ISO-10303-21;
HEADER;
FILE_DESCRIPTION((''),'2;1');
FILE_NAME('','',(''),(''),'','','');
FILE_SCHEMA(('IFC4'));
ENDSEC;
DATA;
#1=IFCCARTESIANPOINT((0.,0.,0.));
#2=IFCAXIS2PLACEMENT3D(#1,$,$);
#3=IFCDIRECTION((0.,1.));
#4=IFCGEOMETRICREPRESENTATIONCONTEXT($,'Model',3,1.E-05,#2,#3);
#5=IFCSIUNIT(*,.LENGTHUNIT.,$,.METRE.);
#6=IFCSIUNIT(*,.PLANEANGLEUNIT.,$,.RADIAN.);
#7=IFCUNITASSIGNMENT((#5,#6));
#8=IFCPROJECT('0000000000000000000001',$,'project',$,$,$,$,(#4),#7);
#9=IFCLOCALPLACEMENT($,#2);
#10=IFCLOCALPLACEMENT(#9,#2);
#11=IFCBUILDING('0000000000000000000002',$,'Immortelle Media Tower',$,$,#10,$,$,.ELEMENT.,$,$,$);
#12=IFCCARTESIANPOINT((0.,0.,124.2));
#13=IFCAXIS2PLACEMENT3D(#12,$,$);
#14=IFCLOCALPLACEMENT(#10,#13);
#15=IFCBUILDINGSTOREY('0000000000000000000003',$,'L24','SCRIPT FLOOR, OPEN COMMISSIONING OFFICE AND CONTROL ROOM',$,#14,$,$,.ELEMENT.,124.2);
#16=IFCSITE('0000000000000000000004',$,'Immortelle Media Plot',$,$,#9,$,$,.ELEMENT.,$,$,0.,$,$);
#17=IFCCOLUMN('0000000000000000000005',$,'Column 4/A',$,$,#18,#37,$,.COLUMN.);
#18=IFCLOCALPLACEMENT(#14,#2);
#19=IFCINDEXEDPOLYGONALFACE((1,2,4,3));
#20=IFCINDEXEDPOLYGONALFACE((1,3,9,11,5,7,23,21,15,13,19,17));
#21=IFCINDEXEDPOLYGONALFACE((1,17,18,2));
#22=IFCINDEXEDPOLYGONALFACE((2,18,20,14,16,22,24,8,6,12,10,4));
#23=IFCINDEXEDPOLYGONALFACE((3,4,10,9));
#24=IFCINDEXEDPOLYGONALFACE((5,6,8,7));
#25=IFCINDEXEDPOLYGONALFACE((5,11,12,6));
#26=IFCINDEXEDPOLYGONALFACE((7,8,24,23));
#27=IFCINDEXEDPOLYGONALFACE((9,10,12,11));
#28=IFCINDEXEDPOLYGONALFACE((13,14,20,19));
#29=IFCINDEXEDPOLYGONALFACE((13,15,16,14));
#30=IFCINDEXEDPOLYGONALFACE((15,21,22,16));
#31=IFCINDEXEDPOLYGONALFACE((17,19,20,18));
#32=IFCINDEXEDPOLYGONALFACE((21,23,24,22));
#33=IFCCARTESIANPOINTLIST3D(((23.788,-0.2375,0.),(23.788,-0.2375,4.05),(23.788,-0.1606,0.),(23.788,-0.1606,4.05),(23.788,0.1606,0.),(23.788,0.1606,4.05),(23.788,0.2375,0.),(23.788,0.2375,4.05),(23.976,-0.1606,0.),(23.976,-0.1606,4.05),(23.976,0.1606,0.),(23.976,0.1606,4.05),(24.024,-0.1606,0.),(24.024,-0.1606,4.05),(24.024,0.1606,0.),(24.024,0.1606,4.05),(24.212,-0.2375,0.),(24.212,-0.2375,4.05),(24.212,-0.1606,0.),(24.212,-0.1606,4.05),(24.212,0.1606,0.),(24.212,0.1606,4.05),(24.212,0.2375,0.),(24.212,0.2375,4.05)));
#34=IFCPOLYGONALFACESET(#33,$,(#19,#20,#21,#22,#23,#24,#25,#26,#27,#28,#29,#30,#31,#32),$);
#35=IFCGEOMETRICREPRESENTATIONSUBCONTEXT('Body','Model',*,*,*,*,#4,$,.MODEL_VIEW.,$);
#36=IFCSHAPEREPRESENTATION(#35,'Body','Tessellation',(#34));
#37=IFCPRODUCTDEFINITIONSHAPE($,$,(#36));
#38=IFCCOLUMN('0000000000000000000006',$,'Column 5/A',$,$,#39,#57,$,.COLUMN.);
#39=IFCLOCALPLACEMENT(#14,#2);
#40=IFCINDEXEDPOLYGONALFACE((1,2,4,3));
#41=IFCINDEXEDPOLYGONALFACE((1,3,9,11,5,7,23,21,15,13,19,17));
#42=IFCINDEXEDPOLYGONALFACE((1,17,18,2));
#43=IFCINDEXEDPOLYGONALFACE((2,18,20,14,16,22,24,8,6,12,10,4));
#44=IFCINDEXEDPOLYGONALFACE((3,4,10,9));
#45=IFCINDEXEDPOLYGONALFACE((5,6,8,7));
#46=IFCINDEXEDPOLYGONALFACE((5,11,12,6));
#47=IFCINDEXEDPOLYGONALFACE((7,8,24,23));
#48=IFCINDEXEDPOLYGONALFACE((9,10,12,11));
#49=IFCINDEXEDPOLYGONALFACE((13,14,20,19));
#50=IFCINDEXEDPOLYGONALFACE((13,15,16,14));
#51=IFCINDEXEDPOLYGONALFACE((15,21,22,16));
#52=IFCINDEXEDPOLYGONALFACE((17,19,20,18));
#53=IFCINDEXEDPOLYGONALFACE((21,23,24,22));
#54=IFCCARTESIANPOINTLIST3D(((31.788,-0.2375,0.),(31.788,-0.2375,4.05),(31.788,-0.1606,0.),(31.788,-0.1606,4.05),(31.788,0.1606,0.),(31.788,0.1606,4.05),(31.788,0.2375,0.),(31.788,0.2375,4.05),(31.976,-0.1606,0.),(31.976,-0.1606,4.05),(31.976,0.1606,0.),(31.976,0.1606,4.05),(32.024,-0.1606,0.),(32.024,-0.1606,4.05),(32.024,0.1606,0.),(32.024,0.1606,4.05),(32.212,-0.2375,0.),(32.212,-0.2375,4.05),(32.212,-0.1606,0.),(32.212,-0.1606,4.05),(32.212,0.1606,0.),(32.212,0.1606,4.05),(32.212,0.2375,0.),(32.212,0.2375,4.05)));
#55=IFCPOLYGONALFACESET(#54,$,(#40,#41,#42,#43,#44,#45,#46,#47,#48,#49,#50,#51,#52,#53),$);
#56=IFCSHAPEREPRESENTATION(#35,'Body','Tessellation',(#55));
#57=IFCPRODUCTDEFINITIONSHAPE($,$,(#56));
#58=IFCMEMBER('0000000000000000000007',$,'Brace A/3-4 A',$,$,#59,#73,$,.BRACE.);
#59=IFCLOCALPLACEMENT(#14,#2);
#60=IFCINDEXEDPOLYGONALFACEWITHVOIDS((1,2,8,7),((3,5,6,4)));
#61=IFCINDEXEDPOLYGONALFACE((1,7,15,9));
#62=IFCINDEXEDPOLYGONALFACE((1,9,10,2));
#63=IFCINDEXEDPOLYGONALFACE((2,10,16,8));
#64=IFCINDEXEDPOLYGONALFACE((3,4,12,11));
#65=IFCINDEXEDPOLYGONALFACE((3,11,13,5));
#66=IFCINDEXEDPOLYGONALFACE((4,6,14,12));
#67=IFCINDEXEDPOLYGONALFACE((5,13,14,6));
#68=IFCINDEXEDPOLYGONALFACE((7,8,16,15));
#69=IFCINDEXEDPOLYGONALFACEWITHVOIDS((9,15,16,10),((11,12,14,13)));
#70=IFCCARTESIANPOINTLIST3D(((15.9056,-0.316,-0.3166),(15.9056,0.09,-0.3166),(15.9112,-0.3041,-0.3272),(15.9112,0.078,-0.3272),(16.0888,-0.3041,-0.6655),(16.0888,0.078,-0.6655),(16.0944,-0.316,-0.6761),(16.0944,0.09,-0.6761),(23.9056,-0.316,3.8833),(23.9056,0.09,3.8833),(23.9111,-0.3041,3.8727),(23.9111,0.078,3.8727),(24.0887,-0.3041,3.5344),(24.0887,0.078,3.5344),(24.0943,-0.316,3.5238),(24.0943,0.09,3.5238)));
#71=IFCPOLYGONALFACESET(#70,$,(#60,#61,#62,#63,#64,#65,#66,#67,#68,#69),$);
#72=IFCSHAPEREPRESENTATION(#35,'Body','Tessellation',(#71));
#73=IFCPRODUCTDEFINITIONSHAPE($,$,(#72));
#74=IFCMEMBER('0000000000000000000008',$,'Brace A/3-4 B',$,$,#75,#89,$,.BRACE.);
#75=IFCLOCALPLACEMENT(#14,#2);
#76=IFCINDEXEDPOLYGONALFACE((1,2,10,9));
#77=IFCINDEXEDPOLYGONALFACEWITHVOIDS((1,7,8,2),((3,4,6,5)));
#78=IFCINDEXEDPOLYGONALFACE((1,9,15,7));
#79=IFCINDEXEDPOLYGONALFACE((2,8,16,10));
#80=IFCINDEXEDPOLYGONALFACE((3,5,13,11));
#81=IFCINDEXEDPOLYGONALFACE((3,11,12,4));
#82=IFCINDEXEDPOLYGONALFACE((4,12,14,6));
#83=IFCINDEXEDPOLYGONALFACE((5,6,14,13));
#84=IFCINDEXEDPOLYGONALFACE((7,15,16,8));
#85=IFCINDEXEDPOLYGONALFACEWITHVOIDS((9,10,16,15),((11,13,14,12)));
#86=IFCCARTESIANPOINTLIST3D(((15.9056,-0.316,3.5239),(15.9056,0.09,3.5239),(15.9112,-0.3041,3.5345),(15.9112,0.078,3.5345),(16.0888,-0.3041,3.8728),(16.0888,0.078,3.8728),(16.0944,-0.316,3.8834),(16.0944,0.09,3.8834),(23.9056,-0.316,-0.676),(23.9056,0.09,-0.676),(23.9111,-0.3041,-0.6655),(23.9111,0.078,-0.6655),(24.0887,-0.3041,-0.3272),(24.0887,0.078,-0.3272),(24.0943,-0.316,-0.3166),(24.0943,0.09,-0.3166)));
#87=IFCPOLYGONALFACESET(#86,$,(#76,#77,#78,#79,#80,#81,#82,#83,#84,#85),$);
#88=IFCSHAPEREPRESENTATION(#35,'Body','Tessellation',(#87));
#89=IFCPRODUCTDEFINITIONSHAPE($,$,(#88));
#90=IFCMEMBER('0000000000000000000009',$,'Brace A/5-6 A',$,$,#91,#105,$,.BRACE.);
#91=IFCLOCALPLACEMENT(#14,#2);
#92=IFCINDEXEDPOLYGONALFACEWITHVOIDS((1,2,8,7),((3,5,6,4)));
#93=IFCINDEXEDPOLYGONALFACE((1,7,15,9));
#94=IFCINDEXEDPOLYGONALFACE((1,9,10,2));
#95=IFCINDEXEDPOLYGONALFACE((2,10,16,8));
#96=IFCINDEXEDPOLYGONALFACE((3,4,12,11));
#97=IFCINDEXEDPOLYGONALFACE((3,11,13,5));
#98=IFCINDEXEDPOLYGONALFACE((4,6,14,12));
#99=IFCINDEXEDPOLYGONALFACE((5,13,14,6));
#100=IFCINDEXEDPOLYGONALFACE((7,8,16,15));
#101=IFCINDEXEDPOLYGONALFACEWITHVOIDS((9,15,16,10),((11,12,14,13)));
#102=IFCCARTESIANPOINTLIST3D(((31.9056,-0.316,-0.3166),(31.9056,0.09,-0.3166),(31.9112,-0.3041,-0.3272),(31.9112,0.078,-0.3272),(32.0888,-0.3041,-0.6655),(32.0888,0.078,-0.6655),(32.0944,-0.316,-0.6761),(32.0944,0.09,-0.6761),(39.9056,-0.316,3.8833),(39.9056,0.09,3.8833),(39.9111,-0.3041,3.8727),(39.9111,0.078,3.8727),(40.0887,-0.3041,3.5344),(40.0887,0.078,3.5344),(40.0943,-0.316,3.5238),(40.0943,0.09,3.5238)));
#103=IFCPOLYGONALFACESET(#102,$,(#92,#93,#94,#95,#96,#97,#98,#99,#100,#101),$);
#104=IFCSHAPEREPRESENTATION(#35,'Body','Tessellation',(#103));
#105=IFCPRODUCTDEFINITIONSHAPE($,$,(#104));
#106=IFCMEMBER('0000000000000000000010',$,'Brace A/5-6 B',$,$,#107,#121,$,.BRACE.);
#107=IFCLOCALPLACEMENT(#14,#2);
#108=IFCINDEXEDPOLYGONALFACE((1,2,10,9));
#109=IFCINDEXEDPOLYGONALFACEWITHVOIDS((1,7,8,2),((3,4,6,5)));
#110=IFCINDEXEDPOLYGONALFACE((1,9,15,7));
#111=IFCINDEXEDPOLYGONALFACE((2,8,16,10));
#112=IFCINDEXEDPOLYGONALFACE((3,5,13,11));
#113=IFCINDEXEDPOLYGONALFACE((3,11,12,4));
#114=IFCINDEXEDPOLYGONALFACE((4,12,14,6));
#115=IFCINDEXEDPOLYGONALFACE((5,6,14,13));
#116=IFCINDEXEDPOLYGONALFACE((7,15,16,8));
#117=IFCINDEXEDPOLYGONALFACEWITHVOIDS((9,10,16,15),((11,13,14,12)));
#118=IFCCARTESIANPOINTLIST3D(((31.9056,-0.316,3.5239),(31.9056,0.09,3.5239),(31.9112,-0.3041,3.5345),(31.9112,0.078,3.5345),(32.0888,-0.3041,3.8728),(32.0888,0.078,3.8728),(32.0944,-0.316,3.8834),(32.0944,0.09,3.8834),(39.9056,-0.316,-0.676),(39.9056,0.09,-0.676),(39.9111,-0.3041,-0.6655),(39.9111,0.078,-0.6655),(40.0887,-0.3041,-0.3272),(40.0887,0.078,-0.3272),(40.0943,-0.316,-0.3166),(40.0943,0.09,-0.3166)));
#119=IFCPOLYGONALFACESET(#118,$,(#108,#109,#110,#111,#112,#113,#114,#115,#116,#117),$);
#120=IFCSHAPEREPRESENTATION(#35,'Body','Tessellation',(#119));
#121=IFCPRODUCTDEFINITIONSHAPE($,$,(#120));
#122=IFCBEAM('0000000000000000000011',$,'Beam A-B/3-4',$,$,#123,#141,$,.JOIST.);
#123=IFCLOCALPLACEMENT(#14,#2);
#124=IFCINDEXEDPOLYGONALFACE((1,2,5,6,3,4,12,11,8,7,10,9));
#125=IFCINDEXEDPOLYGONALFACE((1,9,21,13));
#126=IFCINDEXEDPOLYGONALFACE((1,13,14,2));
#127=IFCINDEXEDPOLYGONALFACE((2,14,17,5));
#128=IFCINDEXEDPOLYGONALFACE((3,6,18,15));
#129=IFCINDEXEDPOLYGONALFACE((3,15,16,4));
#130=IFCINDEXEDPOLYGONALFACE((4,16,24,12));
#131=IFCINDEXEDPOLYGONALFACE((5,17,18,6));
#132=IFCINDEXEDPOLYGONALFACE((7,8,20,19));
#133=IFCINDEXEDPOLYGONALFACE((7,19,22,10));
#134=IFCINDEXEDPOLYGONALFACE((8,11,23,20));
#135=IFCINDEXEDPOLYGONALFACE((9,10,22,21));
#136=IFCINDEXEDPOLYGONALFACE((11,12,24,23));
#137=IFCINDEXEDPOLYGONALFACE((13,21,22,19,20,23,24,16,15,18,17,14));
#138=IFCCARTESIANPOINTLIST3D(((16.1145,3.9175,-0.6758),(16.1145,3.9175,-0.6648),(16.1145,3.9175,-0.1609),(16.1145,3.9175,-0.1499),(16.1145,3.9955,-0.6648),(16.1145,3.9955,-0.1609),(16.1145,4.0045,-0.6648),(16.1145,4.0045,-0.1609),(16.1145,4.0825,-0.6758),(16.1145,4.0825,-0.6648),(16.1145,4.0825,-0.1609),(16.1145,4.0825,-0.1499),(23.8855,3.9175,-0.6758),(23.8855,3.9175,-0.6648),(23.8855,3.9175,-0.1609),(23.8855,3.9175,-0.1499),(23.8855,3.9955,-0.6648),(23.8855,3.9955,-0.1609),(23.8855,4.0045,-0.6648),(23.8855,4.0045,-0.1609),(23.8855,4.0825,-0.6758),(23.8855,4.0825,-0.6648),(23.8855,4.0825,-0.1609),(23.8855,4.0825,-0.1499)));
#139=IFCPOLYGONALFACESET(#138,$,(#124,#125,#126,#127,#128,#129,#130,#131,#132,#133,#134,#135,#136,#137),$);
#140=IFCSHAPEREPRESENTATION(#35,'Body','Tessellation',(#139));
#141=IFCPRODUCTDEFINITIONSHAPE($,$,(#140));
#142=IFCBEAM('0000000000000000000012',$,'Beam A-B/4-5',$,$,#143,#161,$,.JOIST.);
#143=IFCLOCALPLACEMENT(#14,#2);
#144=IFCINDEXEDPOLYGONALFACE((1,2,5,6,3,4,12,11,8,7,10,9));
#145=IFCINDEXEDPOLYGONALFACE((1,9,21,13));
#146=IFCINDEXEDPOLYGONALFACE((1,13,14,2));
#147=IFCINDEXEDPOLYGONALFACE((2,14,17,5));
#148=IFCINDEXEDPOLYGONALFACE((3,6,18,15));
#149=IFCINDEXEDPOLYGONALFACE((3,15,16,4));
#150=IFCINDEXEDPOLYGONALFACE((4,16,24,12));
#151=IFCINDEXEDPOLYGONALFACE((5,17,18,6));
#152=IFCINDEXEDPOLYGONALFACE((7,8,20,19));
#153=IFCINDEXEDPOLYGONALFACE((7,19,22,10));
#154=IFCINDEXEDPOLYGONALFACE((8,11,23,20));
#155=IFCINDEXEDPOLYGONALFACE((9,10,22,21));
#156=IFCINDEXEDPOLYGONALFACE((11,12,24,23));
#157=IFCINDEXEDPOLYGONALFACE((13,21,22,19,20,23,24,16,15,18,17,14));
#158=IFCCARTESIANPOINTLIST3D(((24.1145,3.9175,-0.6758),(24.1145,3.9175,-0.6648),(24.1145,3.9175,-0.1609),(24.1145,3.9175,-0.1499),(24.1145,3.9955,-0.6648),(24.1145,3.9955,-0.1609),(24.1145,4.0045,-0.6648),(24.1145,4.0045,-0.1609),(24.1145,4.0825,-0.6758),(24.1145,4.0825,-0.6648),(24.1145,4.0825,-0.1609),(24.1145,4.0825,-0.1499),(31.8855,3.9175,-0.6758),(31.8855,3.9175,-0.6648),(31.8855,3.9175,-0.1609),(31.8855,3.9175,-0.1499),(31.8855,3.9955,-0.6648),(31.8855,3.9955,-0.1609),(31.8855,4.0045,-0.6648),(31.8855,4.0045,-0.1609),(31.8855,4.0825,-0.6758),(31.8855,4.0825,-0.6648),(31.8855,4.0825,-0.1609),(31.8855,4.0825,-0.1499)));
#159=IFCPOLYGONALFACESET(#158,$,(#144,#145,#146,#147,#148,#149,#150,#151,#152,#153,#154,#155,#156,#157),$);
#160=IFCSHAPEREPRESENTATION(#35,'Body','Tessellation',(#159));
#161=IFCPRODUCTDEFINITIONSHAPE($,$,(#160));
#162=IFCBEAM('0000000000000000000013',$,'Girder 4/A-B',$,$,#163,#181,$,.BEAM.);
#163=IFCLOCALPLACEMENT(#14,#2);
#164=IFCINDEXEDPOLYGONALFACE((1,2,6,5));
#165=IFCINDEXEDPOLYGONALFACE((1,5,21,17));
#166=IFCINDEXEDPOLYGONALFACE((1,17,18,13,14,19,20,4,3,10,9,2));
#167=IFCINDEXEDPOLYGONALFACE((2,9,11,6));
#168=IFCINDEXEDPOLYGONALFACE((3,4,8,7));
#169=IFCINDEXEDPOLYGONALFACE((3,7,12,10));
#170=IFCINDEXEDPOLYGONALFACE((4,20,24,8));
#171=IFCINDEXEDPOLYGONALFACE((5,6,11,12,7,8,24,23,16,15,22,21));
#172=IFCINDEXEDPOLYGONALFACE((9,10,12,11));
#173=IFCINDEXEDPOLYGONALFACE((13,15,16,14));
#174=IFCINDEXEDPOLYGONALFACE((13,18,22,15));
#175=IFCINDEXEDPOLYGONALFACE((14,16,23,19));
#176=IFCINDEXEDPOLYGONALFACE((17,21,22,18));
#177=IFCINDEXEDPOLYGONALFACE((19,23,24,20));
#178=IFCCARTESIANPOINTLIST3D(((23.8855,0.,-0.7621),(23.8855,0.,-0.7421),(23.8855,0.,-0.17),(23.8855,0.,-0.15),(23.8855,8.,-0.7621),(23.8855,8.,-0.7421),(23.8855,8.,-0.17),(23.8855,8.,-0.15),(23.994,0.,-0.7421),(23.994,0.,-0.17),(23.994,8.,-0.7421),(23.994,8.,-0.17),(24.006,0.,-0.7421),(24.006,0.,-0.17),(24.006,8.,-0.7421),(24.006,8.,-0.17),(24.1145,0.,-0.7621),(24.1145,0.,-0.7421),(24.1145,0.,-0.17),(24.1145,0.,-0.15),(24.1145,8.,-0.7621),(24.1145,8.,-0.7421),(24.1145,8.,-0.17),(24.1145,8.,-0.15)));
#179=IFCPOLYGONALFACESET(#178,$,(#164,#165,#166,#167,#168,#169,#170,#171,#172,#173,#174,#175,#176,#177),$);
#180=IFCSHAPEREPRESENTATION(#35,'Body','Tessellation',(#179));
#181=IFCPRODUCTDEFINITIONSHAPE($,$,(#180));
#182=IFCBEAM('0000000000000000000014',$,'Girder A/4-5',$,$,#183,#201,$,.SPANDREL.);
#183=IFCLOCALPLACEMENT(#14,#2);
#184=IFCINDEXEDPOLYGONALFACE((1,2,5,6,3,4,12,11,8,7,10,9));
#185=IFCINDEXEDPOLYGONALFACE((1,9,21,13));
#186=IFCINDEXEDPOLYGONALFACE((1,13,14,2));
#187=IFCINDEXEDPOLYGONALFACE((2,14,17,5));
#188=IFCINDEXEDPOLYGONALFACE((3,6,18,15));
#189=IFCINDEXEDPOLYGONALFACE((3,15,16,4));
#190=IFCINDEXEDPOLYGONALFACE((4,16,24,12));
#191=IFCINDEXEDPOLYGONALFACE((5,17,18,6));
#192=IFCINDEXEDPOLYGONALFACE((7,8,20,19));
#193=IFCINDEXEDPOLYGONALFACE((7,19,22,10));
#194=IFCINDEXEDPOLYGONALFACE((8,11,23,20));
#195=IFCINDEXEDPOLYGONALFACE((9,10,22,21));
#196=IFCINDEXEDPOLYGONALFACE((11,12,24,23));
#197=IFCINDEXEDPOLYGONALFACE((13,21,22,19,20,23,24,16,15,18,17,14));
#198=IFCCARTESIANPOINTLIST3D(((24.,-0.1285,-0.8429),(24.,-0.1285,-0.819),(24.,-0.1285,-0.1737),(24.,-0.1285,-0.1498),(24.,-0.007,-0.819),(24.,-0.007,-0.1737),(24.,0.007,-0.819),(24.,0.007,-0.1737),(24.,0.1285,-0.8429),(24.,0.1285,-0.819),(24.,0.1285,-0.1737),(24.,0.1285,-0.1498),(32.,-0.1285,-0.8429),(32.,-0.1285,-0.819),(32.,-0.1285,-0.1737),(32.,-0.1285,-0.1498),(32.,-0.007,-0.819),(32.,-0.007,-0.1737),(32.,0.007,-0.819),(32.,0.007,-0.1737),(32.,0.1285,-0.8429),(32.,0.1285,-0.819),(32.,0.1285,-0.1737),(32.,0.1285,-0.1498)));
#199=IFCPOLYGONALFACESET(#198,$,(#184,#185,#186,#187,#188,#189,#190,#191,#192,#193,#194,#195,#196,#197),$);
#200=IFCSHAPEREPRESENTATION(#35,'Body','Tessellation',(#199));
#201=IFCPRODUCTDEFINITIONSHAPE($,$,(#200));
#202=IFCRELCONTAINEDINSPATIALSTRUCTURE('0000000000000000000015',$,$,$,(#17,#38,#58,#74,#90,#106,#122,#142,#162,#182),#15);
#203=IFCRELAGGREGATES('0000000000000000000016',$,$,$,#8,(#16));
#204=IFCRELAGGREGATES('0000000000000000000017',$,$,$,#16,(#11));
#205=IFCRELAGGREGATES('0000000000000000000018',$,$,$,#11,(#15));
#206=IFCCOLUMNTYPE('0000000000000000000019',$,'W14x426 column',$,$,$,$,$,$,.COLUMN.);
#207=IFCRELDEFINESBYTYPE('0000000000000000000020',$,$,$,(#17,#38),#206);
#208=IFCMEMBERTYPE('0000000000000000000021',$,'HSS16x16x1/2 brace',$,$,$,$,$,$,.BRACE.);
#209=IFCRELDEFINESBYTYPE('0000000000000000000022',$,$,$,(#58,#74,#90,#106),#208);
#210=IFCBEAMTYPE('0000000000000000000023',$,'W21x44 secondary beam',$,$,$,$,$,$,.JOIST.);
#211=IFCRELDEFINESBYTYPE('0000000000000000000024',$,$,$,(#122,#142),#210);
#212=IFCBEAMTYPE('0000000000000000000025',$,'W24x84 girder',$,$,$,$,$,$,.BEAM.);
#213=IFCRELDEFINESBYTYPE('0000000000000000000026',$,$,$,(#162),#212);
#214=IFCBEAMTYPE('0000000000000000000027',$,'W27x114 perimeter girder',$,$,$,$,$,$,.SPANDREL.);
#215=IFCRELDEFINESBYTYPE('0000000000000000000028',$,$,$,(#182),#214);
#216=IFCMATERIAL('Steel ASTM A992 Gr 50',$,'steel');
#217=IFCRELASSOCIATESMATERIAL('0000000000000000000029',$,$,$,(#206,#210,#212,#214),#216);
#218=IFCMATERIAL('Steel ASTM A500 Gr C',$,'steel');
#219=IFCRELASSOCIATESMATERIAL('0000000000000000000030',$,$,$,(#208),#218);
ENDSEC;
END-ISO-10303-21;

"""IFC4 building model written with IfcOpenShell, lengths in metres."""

from ifc_helpers import new_model, si_unit, direction, frame, origin, origin_2d, place, context, subcontext, project, spatial, hollow_rectangle, i_section, extrude, material, material_profile, profile_set, type_object, element, save


model = new_model("IFC4")

# Units and contexts
model_context = context("Model", 3, precision=1e-05, world=origin(), true_north=direction((0.0, 1.0)))
body_context = subcontext(model_context, "Body", "Model", "MODEL_VIEW")
ifc_project = project(units=[si_unit("LENGTHUNIT", "METRE"), si_unit("PLANEANGLEUNIT", "RADIAN")], contexts=[model_context])

# Site, building, storey
site_placement = place(None, origin())
site = spatial("IfcSite", under=ifc_project, at=site_placement, Name="Immortelle Media Plot", CompositionType="ELEMENT", RefElevation=0.0)
building_placement = place(site_placement, origin())
building = spatial("IfcBuilding", under=site, at=building_placement, Name="Immortelle Media Tower", CompositionType="ELEMENT")
storey_placement = place(building_placement, frame((0.0, 0.0, 124.2)))
storey = spatial("IfcBuildingStorey", under=building, at=storey_placement, Name="L24", Description="SCRIPT FLOOR, OPEN COMMISSIONING OFFICE AND CONTROL ROOM", CompositionType="ELEMENT", Elevation=124.2)

# Columns
ifc_material_1 = material(Name="Steel ASTM A992 Gr 50", Category="steel")
ifc_material_profile_1 = material_profile(ifc_material_1, i_section(OverallWidth=0.4241, OverallDepth=0.4751, WebThickness=0.0481, FlangeThickness=0.0769, at=origin_2d()), Name="W14x426")
ifc_profile_set_1 = profile_set([ifc_material_profile_1], Name="Steel ASTM A992 Gr 50")
column_type = type_object("IfcColumnType", Name="W14x426 column", PredefinedType="COLUMN", material=ifc_profile_set_1)
for number, where, z_axis, x_axis, name in (
    (1, (24.0, 0.0, 0.0), (0.0, 0.0, 1.0), (1.0, 0.0, 0.0), "Column 4/A"),
    (2, (32.0, 0.0, 0.0), (0.0, 0.0, 1.0), (1.0, 0.0, 0.0), "Column 5/A"),
):
    element("IfcColumn", number, at=place(storey_placement, frame(where, z_axis=z_axis, x_axis=x_axis)), inside=storey, type_object=column_type, Name=name, PredefinedType="COLUMN", context=body_context, shape_type="SweptSolid", body=[
        extrude(i_section(OverallWidth=0.4241, OverallDepth=0.4751, WebThickness=0.0481, FlangeThickness=0.0769, at=origin_2d()), origin(), (0.0, 0.0, 1.0), 4.05),
    ])

# Members
ifc_material_2 = material(Name="Steel ASTM A500 Gr C", Category="steel")
ifc_material_profile_2 = material_profile(ifc_material_2, hollow_rectangle(XDim=0.406, YDim=0.406, WallThickness=0.012, at=origin_2d()), Name="HSS16x16x1/2 brace")
ifc_profile_set_2 = profile_set([ifc_material_profile_2], Name="Steel ASTM A500 Gr C")
member_type = type_object("IfcMemberType", Name="HSS16x16x1/2 brace", PredefinedType="BRACE", material=ifc_profile_set_2)
for number, where, z_axis, x_axis, name in (
    (3, (16.0, -0.113, -0.4963), (0.8854, 0.0, 0.46483), (0.0, 1.0, 0.0), "Brace A/3-4 A"),
    (4, (16.0, -0.113, 3.7036), (0.8854, 0.0, -0.46483), (0.0, 1.0, 0.0), "Brace A/3-4 B"),
    (5, (32.0, -0.113, -0.4963), (0.8854, 0.0, 0.46483), (0.0, 1.0, 0.0), "Brace A/5-6 A"),
    (6, (32.0, -0.113, 3.7036), (0.8854, 0.0, -0.46483), (0.0, 1.0, 0.0), "Brace A/5-6 B"),
):
    element("IfcMember", number, at=place(storey_placement, frame(where, z_axis=z_axis, x_axis=x_axis)), inside=storey, type_object=member_type, Name=name, PredefinedType="BRACE", context=body_context, shape_type="SweptSolid", body=[
        extrude(hollow_rectangle(XDim=0.406, YDim=0.406, WallThickness=0.012, at=origin_2d()), origin(), (0.0, 0.0, 1.0), 9.0354),
    ])

# Beams
ifc_material_profile_3 = material_profile(ifc_material_1, i_section(OverallWidth=0.165, OverallDepth=0.5259, WebThickness=0.009, FlangeThickness=0.011, at=origin_2d()), Name="W21x44")
ifc_profile_set_3 = profile_set([ifc_material_profile_3], Name="Steel ASTM A992 Gr 50")
beam_type_1 = type_object("IfcBeamType", Name="W21x44 secondary beam", PredefinedType="JOIST", material=ifc_profile_set_3)
for number, where, z_axis, x_axis, name in (
    (7, (16.1145, 4.0, -0.4128), (1.0, 0.0, 0.0), (0.0, 1.0, 0.0), "Beam A-B/3-4"),
    (8, (24.1145, 4.0, -0.4128), (1.0, 0.0, 0.0), (0.0, 1.0, 0.0), "Beam A-B/4-5"),
):
    element("IfcBeam", number, at=place(storey_placement, frame(where, z_axis=z_axis, x_axis=x_axis)), inside=storey, type_object=beam_type_1, Name=name, PredefinedType="JOIST", context=body_context, shape_type="SweptSolid", body=[
        extrude(i_section(OverallWidth=0.165, OverallDepth=0.5259, WebThickness=0.009, FlangeThickness=0.011, at=origin_2d()), origin(), (0.0, 0.0, 1.0), 7.771),
    ])
ifc_material_profile_4 = material_profile(ifc_material_1, i_section(OverallWidth=0.229, OverallDepth=0.6121, WebThickness=0.012, FlangeThickness=0.02, at=origin_2d()), Name="W24x84")
ifc_profile_set_4 = profile_set([ifc_material_profile_4], Name="Steel ASTM A992 Gr 50")
beam_type_2 = type_object("IfcBeamType", Name="W24x84 girder", PredefinedType="BEAM", material=ifc_profile_set_4)
beam_1_placement = place(storey_placement, frame((24.0, 0.0, -0.4561), z_axis=(0.0, 1.0, 0.0), x_axis=(-1.0, 0.0, 0.0)))
element("IfcBeam", 9, at=beam_1_placement, inside=storey, type_object=beam_type_2, Name="Girder 4/A-B", PredefinedType="BEAM", context=body_context, shape_type="SweptSolid", body=[
    extrude(i_section(OverallWidth=0.229, OverallDepth=0.6121, WebThickness=0.012, FlangeThickness=0.02, at=origin_2d()), origin(), (0.0, 0.0, 1.0), 8.0),
])
ifc_material_profile_5 = material_profile(ifc_material_1, i_section(OverallWidth=0.2571, OverallDepth=0.6931, WebThickness=0.0139, FlangeThickness=0.0239, at=origin_2d()), Name="W27x114")
ifc_profile_set_5 = profile_set([ifc_material_profile_5], Name="Steel ASTM A992 Gr 50")
beam_type_3 = type_object("IfcBeamType", Name="W27x114 perimeter girder", PredefinedType="SPANDREL", material=ifc_profile_set_5)
beam_2_placement = place(storey_placement, frame((24.0, 0.0, -0.4963), z_axis=(1.0, 0.0, 0.0), x_axis=(0.0, 1.0, 0.0)))
element("IfcBeam", 10, at=beam_2_placement, inside=storey, type_object=beam_type_3, Name="Girder A/4-5", PredefinedType="SPANDREL", context=body_context, shape_type="SweptSolid", body=[
    extrude(i_section(OverallWidth=0.2571, OverallDepth=0.6931, WebThickness=0.0139, FlangeThickness=0.0239, at=origin_2d()), origin(), (0.0, 0.0, 1.0), 8.0),
])

save(model, "model.ifc")
